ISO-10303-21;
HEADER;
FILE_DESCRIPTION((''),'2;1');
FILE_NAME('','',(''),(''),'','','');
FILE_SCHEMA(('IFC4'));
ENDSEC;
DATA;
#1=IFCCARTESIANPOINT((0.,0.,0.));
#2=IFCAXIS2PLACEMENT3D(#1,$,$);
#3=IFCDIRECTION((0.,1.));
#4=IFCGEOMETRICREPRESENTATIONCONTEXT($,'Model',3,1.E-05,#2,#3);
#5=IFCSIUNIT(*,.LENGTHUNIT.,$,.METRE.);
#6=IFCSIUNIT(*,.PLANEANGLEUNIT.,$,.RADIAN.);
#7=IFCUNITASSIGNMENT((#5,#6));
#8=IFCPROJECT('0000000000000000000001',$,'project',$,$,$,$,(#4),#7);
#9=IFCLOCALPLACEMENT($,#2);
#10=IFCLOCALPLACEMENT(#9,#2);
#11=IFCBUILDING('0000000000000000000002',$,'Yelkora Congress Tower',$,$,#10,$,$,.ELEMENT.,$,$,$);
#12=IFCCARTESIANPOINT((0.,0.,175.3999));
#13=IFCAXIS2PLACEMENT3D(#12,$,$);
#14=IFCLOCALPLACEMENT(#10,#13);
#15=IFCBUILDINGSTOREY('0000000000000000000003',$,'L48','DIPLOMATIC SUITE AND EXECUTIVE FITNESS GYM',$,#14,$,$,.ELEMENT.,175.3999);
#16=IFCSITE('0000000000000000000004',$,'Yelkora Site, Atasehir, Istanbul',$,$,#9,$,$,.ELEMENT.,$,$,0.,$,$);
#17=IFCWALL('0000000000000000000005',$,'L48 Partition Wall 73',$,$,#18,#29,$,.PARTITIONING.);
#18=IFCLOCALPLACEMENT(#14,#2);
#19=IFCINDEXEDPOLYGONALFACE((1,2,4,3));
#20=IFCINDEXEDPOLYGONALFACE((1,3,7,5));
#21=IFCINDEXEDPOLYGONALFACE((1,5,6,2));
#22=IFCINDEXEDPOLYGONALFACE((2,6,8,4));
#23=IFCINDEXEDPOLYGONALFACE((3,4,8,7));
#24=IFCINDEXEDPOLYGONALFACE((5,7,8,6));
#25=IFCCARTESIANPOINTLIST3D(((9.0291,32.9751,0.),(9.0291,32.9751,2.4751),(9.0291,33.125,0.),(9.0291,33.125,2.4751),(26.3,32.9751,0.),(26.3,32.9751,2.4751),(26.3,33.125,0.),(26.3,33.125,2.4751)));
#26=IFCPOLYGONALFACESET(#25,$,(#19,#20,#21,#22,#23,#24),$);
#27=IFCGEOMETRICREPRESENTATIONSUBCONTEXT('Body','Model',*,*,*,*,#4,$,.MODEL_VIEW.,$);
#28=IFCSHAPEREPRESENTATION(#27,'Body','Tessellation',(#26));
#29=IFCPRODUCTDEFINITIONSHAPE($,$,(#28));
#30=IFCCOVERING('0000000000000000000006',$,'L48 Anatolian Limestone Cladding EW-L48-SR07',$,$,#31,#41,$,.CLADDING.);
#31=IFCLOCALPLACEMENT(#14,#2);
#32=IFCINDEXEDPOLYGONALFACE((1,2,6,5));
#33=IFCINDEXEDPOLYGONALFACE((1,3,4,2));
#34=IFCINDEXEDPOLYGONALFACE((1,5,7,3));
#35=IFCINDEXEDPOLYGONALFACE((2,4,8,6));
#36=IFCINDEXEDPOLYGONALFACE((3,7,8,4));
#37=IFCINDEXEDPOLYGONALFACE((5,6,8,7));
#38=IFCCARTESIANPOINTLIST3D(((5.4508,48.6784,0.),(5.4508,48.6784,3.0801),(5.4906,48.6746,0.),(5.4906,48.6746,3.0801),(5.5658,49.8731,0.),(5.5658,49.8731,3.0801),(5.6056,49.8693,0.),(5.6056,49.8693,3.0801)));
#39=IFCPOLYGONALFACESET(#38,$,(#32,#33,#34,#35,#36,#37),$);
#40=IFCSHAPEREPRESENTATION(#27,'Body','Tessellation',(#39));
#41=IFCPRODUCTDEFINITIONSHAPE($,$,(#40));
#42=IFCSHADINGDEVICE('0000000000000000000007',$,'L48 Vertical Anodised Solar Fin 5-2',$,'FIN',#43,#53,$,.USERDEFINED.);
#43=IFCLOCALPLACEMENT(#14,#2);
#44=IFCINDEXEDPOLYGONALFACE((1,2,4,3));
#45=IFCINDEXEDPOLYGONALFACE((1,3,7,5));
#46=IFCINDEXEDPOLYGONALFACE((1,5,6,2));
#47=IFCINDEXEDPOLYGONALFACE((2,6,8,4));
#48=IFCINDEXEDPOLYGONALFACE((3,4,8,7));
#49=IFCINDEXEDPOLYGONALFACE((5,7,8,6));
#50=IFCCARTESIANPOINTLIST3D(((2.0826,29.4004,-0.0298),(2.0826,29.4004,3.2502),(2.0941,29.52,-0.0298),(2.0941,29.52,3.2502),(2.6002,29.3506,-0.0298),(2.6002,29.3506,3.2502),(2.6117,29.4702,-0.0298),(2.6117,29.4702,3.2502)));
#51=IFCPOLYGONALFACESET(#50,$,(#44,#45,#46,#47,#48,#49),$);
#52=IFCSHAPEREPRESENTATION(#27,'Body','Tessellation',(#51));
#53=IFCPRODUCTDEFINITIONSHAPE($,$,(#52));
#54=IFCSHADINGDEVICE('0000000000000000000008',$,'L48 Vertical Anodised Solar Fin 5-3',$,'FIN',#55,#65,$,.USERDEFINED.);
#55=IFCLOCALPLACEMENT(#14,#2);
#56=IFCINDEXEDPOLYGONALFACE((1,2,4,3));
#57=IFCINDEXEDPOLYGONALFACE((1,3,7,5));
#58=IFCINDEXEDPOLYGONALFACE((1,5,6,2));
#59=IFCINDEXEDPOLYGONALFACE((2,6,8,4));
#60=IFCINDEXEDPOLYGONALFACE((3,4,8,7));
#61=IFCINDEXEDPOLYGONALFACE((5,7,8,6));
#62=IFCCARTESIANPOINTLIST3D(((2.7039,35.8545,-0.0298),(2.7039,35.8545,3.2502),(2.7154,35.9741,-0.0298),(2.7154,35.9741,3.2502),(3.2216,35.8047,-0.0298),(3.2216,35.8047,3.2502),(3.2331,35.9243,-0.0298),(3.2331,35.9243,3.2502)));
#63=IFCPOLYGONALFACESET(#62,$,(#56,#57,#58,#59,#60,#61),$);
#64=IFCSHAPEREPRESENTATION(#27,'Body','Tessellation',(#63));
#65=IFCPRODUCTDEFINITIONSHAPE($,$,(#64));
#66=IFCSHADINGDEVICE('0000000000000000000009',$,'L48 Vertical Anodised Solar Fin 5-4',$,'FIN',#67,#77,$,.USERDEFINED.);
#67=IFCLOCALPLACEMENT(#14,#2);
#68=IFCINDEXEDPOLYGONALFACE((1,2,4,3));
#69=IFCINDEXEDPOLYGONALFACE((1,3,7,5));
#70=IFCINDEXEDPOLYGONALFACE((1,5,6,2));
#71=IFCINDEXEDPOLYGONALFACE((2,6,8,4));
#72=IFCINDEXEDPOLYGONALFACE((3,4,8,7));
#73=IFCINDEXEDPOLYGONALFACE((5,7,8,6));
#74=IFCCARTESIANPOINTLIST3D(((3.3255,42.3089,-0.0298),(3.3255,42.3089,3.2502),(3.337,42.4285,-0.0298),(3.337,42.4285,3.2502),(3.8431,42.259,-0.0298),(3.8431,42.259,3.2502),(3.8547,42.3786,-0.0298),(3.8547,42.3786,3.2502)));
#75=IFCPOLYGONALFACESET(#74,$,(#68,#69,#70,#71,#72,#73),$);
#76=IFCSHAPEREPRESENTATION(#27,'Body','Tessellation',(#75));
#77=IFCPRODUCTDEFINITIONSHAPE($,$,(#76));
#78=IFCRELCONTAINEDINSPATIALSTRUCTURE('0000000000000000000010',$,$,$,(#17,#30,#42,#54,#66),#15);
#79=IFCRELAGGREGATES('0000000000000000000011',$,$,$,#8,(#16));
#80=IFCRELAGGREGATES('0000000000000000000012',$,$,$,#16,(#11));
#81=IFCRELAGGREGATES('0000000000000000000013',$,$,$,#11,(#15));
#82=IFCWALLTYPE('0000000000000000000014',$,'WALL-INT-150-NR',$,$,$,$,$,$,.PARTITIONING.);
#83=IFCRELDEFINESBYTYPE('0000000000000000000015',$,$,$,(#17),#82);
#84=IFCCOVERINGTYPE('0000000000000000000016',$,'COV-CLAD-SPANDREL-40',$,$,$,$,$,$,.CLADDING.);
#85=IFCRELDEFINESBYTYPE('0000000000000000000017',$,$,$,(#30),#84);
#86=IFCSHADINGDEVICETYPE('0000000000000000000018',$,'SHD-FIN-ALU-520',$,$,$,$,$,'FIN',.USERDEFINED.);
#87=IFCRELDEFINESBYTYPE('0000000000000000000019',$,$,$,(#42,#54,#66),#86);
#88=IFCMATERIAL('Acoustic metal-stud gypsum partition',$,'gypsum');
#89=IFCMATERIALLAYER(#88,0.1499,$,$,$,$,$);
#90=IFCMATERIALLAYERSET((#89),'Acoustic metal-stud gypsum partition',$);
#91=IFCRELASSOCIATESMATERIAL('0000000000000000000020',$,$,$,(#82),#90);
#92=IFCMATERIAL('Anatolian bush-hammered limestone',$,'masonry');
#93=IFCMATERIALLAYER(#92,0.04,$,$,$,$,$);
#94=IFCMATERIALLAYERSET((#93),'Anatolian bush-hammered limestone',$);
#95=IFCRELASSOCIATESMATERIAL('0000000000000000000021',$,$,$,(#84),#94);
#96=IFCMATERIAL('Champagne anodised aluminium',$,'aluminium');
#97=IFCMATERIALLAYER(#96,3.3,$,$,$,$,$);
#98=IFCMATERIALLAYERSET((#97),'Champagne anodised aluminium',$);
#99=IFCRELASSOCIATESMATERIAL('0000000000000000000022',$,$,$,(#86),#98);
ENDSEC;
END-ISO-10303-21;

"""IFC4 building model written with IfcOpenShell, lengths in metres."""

from ifc_helpers import new_model, si_unit, direction, frame, frame_2d, origin, origin_2d, place, context, subcontext, project, spatial, rectangle, extrude, material, layer, layer_set, type_object, element, save


model = new_model("IFC4")

# Units and contexts
model_context = context("Model", 3, precision=1e-05, world=origin(), true_north=direction((0.0, 1.0)))
body_context = subcontext(model_context, "Body", "Model", "MODEL_VIEW")
ifc_project = project(units=[si_unit("LENGTHUNIT", "METRE"), si_unit("PLANEANGLEUNIT", "RADIAN")], contexts=[model_context])

# Site, building, storey
site_placement = place(None, origin())
site = spatial("IfcSite", under=ifc_project, at=site_placement, Name="Yelkora Site, Atasehir, Istanbul", CompositionType="ELEMENT", RefElevation=0.0)
building_placement = place(site_placement, origin())
building = spatial("IfcBuilding", under=site, at=building_placement, Name="Yelkora Congress Tower", CompositionType="ELEMENT")
storey_placement = place(building_placement, frame((0.0, 0.0, 175.3999)))
storey = spatial("IfcBuildingStorey", under=building, at=storey_placement, Name="L48", Description="DIPLOMATIC SUITE AND EXECUTIVE FITNESS GYM", CompositionType="ELEMENT", Elevation=175.3999)

# Wall
ifc_material_1 = material(Name="Acoustic metal-stud gypsum partition", Category="gypsum")
ifc_layer_1 = layer(ifc_material_1, 0.1499)
ifc_layer_set_1 = layer_set([ifc_layer_1], Name="Acoustic metal-stud gypsum partition")
wall_type_1 = type_object("IfcWallType", Name="WALL-INT-150-NR", PredefinedType="PARTITIONING", material=ifc_layer_set_1)
wall_1_placement = place(storey_placement, frame((9.0291, 33.05, 0.0), z_axis=(0.0, 0.0, 1.0), x_axis=(1.0, 0.0, 0.0)))
element("IfcWall", 1, at=wall_1_placement, inside=storey, type_object=wall_type_1, Name="L48 Partition Wall 73", PredefinedType="PARTITIONING", context=body_context, shape_type="SweptSolid", body=[
    extrude(rectangle(XDim=17.271, YDim=0.1499, at=frame_2d((8.6355, 0.0))), origin(), (0.0, 0.0, 1.0), 2.4751),
])

# Covering
ifc_material_2 = material(Name="Anatolian bush-hammered limestone", Category="masonry")
ifc_layer_2 = layer(ifc_material_2, 0.04)
ifc_layer_set_2 = layer_set([ifc_layer_2], Name="Anatolian bush-hammered limestone")
covering_type = type_object("IfcCoveringType", Name="COV-CLAD-SPANDREL-40", PredefinedType="CLADDING", material=ifc_layer_set_2)
covering_placement = place(storey_placement, frame((5.4707, 48.6765, 0.0), z_axis=(0.0, 0.0, 1.0), x_axis=(0.095817, 0.995399, 0.0)))
element("IfcCovering", 2, at=covering_placement, inside=storey, type_object=covering_type, Name="L48 Anatolian Limestone Cladding EW-L48-SR07", PredefinedType="CLADDING", context=body_context, shape_type="SweptSolid", body=[
    extrude(rectangle(XDim=1.2002, YDim=0.04, at=frame_2d((0.6001, 0.0))), origin(), (0.0, 0.0, 1.0), 3.0801),
])

# Shading devices
ifc_material_3 = material(Name="Champagne anodised aluminium", Category="aluminium")
ifc_layer_3 = layer(ifc_material_3, 3.3)
ifc_layer_set_3 = layer_set([ifc_layer_3], Name="Champagne anodised aluminium")
shading_device_type = type_object("IfcShadingDeviceType", Name="SHD-FIN-ALU-520", ElementType="FIN", PredefinedType="USERDEFINED", material=ifc_layer_set_3)
for number, where, z_axis, x_axis, name in (
    (3, (2.3472, 29.4353, -0.0298), (0.0, 0.0, 1.0), (0.095846, 0.995396, 0.0), "L48 Vertical Anodised Solar Fin 5-2"),
    (4, (2.9685, 35.8894, -0.0298), (0.0, 0.0, 1.0), (0.095846, 0.995396, 0.0), "L48 Vertical Anodised Solar Fin 5-3"),
    (5, (3.5901, 42.3438, -0.0298), (0.0, 0.0, 1.0), (0.095846, 0.995396, 0.0), "L48 Vertical Anodised Solar Fin 5-4"),
):
    element("IfcShadingDevice", number, at=place(storey_placement, frame(where, z_axis=z_axis, x_axis=x_axis)), inside=storey, type_object=shading_device_type, Name=name, ObjectType="FIN", PredefinedType="USERDEFINED", context=body_context, shape_type="SweptSolid", body=[
        extrude(rectangle(XDim=0.1201, YDim=0.52, at=origin_2d()), origin(), (0.0, 0.0, 1.0), 3.28),
    ])

save(model, "model.ifc")
